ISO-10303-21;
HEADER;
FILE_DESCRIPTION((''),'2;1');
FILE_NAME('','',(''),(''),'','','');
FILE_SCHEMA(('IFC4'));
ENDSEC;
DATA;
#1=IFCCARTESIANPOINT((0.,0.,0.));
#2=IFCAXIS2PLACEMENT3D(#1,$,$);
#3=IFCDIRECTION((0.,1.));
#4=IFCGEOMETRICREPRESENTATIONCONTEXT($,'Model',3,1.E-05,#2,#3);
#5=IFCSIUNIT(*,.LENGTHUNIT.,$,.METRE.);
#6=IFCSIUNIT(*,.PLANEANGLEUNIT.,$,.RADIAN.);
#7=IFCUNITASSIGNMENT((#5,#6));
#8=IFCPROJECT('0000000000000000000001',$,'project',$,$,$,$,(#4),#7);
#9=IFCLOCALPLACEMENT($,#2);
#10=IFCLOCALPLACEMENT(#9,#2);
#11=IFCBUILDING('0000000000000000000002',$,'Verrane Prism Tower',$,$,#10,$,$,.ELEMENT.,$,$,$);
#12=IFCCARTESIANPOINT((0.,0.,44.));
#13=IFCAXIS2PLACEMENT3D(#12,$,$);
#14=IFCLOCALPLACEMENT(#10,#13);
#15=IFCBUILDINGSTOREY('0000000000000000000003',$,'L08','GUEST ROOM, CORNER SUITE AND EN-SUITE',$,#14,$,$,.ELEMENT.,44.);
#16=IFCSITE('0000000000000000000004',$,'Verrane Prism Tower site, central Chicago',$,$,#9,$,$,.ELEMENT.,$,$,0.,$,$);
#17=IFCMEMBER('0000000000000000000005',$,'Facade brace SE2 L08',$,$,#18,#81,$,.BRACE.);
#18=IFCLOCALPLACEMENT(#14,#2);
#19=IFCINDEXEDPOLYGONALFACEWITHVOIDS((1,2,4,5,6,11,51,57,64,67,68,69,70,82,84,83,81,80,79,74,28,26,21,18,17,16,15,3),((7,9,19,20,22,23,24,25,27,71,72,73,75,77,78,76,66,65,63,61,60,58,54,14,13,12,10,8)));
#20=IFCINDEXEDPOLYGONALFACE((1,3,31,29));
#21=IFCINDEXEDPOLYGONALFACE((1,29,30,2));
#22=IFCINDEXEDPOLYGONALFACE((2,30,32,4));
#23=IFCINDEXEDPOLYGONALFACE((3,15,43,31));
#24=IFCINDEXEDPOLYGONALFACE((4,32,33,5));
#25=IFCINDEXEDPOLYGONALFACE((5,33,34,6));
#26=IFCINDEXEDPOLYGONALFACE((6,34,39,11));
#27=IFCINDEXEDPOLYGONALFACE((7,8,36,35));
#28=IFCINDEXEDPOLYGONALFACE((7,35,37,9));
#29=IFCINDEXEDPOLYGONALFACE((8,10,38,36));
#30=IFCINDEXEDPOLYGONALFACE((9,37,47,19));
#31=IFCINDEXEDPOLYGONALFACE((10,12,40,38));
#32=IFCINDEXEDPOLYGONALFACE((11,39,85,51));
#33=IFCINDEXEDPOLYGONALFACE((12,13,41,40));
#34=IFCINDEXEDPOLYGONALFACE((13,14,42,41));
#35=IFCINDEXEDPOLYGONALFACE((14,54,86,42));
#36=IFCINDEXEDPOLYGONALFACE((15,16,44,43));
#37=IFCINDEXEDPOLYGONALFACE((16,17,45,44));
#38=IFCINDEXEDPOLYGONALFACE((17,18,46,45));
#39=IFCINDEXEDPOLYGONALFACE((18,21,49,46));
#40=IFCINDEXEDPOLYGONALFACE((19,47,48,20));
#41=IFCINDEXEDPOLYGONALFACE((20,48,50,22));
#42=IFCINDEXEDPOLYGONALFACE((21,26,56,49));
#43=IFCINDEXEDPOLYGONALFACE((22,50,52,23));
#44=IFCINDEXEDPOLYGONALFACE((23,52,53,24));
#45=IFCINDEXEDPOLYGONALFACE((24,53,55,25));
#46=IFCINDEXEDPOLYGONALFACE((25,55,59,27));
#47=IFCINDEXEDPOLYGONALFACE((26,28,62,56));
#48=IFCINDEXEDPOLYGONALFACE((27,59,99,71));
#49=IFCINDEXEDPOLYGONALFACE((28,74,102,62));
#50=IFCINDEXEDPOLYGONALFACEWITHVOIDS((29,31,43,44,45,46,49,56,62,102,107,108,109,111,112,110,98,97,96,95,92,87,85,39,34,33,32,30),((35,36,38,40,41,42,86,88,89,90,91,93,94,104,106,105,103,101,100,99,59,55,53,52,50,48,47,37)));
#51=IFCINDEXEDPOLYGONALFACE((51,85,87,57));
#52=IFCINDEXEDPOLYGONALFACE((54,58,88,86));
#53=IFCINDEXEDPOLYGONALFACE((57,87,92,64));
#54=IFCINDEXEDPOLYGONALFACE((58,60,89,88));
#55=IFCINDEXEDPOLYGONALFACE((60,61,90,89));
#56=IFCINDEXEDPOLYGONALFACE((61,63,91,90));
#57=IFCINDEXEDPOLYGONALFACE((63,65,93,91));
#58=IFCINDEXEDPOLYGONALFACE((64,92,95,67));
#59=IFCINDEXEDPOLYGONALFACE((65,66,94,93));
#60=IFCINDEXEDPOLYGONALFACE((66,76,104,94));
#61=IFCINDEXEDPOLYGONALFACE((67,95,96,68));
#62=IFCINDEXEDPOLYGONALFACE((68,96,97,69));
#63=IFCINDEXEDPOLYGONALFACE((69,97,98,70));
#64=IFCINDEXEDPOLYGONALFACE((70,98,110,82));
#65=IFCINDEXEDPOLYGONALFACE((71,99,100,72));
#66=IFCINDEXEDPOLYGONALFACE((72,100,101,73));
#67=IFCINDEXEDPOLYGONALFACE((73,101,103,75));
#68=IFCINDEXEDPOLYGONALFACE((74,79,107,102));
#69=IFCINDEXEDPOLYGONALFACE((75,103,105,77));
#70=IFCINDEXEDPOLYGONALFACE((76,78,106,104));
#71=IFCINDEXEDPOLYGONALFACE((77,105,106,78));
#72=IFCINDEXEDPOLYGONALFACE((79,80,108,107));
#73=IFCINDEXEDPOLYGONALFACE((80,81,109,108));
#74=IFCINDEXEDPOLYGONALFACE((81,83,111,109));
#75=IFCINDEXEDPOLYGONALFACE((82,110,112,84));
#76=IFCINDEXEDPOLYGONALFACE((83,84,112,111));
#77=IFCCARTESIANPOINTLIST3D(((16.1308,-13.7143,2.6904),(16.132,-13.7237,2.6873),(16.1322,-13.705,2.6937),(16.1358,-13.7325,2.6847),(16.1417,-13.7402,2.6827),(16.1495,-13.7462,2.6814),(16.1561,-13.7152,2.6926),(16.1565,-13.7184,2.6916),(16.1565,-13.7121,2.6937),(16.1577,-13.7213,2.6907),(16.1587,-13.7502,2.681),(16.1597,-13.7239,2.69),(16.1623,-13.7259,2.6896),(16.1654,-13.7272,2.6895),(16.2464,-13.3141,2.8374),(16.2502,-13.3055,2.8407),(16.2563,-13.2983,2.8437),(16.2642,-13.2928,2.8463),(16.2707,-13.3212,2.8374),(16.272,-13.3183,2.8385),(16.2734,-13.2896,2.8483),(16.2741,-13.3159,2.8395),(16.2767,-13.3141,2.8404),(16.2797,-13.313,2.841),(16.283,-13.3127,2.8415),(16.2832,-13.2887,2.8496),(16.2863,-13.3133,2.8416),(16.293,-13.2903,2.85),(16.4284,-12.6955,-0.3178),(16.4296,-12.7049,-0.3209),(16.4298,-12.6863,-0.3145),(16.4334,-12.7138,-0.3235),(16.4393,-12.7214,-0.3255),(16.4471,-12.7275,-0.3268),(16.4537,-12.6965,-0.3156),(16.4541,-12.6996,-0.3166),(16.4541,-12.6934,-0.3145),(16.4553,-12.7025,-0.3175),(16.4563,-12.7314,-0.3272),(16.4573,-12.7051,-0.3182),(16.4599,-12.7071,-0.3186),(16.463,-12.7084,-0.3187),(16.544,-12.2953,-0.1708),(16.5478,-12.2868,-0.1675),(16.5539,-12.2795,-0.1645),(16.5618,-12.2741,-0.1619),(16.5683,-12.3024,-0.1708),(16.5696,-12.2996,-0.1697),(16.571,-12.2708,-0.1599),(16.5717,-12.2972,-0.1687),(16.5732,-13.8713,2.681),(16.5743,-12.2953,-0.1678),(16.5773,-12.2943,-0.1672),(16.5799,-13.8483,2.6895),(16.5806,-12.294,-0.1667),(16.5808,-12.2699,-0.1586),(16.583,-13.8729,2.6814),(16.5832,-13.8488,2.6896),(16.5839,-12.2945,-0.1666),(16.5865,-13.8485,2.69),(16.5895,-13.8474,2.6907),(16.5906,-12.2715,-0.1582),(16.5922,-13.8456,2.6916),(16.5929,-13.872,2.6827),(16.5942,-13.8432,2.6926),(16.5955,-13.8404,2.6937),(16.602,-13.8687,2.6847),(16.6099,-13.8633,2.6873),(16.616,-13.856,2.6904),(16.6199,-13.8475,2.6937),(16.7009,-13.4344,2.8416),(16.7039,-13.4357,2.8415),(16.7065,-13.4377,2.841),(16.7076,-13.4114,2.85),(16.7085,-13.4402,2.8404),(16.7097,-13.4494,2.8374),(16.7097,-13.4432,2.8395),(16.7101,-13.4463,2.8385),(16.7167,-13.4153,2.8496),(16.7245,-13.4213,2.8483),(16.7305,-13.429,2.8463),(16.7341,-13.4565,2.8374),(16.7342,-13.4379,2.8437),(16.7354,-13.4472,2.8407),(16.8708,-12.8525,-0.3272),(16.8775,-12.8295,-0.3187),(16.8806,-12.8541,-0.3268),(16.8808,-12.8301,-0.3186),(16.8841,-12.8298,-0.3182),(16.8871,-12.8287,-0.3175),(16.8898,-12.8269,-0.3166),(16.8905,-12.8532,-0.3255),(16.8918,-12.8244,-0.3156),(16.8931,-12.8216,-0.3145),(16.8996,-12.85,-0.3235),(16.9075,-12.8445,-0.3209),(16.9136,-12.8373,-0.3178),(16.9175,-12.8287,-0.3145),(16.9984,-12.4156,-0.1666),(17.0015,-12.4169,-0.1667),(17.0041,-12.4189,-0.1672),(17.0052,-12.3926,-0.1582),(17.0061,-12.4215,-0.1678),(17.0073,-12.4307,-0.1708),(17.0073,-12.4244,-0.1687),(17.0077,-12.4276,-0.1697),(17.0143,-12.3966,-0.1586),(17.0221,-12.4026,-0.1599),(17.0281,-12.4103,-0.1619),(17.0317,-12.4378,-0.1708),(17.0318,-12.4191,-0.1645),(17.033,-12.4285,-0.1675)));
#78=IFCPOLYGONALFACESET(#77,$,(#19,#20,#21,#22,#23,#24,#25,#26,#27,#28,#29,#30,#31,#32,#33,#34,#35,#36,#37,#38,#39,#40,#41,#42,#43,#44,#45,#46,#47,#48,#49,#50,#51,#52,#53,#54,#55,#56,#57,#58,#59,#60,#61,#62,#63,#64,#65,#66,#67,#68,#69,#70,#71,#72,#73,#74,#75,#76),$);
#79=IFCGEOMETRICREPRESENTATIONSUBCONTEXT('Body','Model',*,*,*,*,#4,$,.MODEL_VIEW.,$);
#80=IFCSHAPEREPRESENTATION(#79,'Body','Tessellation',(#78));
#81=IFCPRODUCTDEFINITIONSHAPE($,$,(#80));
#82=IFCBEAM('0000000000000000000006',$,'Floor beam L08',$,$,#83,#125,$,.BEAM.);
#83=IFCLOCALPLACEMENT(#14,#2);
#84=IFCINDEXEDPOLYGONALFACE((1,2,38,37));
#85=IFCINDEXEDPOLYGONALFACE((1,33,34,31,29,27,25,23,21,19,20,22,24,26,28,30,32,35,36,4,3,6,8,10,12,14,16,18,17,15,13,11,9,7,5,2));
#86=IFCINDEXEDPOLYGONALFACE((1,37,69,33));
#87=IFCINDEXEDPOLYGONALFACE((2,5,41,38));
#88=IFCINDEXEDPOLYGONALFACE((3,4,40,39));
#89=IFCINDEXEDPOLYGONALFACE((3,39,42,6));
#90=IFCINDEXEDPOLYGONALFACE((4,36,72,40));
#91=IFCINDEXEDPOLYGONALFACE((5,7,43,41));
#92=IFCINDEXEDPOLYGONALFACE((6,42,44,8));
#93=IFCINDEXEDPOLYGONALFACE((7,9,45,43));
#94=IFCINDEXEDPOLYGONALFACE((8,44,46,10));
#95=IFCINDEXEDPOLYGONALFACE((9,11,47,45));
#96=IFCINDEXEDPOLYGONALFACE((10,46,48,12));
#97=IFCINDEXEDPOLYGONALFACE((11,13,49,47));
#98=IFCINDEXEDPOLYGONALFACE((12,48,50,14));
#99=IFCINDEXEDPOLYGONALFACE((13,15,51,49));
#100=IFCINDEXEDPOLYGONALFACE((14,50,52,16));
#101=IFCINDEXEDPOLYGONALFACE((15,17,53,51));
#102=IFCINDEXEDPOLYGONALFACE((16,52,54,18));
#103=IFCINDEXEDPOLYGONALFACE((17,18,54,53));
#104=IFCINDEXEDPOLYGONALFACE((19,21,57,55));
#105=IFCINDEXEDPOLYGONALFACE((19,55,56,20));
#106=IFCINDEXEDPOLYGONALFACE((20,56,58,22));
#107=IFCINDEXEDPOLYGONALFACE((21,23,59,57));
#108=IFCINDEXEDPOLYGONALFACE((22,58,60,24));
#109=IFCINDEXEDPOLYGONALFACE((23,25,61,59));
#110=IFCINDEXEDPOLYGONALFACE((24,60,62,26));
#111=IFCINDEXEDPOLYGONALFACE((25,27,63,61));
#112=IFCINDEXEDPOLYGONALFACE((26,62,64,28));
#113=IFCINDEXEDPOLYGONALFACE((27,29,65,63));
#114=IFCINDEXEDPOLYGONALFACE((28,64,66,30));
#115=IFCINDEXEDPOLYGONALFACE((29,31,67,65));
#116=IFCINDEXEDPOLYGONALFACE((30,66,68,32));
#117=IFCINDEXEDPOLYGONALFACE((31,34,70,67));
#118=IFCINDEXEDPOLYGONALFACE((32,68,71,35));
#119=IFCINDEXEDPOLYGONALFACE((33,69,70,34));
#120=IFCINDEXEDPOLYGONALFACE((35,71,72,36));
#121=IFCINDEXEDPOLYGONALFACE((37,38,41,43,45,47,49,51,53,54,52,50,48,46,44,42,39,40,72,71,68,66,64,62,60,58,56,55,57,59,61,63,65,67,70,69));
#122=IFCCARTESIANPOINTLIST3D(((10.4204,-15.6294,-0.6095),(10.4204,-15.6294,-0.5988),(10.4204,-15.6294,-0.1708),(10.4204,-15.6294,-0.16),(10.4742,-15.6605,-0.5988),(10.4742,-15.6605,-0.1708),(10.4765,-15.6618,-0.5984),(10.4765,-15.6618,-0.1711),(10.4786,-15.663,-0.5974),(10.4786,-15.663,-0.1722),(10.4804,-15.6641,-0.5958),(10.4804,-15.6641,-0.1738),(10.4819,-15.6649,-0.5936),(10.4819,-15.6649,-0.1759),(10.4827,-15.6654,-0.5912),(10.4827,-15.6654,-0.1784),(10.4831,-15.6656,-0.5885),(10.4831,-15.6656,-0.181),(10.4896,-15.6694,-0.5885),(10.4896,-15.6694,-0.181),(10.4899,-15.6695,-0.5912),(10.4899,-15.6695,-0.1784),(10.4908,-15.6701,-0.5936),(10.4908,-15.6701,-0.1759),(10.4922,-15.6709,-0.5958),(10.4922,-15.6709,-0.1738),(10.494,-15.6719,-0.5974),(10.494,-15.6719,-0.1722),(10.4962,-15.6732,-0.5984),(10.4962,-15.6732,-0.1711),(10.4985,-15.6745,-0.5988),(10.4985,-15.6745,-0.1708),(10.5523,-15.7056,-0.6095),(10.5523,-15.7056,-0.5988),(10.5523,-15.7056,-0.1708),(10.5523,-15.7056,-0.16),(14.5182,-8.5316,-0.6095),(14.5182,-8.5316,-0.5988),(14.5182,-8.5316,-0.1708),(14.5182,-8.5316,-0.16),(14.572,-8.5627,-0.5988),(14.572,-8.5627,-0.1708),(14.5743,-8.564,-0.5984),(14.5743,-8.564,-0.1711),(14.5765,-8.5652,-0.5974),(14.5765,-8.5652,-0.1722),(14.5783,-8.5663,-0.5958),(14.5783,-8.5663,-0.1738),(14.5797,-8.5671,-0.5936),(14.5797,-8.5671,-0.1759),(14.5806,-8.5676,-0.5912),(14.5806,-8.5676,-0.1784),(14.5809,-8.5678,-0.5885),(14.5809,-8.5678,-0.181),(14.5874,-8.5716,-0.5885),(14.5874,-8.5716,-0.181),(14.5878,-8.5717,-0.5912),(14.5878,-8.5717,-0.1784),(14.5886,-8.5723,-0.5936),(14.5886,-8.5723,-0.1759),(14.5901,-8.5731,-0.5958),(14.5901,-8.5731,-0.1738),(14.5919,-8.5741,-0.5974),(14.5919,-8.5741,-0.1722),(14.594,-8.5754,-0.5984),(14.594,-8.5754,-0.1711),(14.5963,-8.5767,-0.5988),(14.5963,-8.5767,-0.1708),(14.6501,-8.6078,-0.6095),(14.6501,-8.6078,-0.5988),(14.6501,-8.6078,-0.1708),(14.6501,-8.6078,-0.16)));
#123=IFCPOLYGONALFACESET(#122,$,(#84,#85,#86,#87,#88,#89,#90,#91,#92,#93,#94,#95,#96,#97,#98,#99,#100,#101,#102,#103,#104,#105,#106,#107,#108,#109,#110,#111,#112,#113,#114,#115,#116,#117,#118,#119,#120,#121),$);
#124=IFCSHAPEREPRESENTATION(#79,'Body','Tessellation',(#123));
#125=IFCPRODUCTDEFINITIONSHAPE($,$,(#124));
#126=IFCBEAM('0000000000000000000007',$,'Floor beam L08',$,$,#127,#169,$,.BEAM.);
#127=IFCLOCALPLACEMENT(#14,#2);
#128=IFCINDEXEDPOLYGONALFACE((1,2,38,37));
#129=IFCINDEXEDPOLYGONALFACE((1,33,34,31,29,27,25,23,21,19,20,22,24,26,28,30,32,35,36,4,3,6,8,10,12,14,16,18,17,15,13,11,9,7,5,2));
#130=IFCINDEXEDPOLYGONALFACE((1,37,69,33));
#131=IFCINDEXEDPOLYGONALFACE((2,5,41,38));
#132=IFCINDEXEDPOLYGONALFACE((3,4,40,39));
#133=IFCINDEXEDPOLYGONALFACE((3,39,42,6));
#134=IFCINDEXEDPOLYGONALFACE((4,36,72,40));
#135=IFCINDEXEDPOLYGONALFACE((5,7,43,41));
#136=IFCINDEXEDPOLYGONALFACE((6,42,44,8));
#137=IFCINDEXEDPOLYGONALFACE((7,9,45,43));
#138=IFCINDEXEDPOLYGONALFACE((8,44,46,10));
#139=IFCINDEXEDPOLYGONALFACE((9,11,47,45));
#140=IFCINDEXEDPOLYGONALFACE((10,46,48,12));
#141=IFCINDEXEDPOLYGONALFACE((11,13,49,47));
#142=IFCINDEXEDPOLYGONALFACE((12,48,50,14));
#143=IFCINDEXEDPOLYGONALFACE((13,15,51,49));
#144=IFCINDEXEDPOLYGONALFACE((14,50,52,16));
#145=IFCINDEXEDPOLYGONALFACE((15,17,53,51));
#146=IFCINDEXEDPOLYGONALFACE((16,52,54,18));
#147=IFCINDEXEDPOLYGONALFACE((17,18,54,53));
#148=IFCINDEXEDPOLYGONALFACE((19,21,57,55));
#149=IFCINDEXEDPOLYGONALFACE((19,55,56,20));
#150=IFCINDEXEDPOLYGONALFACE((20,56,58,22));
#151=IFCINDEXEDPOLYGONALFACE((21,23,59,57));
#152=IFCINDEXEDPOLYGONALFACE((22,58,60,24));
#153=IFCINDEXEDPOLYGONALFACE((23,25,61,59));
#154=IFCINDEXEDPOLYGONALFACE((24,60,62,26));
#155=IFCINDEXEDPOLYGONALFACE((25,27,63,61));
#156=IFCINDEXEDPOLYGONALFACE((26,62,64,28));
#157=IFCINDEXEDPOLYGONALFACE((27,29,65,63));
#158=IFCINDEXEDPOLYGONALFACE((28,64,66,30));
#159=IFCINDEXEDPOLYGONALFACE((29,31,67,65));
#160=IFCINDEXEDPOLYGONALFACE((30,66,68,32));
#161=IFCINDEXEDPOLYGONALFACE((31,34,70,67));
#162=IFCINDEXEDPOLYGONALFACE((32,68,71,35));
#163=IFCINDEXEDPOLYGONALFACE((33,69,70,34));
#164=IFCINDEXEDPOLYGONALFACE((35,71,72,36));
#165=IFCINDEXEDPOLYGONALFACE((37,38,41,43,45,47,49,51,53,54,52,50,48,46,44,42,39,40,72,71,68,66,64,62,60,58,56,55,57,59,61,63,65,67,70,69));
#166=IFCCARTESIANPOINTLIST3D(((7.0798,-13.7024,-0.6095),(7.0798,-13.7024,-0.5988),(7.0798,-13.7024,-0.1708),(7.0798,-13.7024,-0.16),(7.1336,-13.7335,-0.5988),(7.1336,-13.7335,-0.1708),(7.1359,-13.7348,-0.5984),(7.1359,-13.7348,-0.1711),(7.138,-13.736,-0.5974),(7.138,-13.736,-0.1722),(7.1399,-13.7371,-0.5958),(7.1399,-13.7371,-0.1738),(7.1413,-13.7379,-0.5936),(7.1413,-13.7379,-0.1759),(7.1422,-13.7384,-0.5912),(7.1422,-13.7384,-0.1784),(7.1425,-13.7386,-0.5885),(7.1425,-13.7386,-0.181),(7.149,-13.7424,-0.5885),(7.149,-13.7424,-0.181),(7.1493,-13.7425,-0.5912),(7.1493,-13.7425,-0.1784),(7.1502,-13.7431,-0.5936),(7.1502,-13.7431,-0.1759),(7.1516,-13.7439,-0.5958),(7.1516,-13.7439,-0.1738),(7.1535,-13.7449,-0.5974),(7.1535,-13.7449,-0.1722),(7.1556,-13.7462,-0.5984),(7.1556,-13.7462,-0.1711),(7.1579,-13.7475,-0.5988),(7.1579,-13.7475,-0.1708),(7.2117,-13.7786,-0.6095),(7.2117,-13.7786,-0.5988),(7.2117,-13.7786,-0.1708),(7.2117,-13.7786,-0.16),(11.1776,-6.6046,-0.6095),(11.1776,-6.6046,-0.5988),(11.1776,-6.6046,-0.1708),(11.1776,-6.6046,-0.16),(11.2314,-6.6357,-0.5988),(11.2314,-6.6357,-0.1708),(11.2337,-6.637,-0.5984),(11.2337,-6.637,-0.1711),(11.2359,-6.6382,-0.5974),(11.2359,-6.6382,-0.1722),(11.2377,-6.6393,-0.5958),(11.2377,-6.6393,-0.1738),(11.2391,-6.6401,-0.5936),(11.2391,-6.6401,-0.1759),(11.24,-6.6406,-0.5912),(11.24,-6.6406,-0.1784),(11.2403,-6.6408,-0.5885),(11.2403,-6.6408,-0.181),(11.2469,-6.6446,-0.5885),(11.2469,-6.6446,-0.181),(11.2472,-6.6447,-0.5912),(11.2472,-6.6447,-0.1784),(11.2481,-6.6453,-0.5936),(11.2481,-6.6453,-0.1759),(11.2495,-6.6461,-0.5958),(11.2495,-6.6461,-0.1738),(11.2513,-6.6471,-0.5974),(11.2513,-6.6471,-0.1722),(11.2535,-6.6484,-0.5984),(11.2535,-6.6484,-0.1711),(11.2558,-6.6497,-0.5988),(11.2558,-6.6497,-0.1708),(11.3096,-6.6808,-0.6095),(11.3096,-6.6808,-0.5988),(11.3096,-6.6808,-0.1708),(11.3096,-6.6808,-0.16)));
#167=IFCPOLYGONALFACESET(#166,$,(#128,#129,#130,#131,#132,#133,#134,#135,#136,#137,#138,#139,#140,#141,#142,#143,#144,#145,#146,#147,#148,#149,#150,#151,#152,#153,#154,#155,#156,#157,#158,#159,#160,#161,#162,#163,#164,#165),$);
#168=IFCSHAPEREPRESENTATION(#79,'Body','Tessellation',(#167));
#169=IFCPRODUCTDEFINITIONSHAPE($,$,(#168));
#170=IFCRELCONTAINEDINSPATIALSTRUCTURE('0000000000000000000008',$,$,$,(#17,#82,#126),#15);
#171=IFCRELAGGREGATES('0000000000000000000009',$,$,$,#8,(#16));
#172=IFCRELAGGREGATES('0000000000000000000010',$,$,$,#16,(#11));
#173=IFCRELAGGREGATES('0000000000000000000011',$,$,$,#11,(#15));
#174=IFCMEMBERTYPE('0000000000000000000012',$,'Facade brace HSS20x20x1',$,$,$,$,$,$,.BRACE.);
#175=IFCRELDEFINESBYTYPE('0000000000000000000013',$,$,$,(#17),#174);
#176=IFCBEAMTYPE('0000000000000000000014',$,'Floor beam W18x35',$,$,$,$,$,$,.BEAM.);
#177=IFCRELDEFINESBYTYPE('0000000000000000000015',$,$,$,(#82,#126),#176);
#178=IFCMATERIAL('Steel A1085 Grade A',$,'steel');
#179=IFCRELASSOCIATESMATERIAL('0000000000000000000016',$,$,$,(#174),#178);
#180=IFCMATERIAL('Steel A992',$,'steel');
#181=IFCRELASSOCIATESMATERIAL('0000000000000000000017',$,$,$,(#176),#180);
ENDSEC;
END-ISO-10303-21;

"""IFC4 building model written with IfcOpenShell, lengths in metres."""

from ifc_helpers import new_model, si_unit, direction, frame, origin, origin_2d, place, context, subcontext, project, spatial, hollow_rectangle, i_section, extrude, material, material_profile, profile_set, type_object, element, save


model = new_model("IFC4")

# Units and contexts
model_context = context("Model", 3, precision=1e-05, world=origin(), true_north=direction((0.0, 1.0)))
body_context = subcontext(model_context, "Body", "Model", "MODEL_VIEW")
ifc_project = project(units=[si_unit("LENGTHUNIT", "METRE"), si_unit("PLANEANGLEUNIT", "RADIAN")], contexts=[model_context])

# Site, building, storey
site_placement = place(None, origin())
site = spatial("IfcSite", under=ifc_project, at=site_placement, Name="Verrane Prism Tower site, central Chicago", CompositionType="ELEMENT", RefElevation=0.0)
building_placement = place(site_placement, origin())
building = spatial("IfcBuilding", under=site, at=building_placement, Name="Verrane Prism Tower", CompositionType="ELEMENT")
storey_placement = place(building_placement, frame((0.0, 0.0, 44.0)))
storey = spatial("IfcBuildingStorey", under=building, at=storey_placement, Name="L08", Description="GUEST ROOM, CORNER SUITE AND EN-SUITE", CompositionType="ELEMENT", Elevation=44.0)

# Member
ifc_material_1 = material(Name="Steel A1085 Grade A", Category="steel")
ifc_material_profile_1 = material_profile(ifc_material_1, hollow_rectangle(XDim=0.5081, YDim=0.5081, WallThickness=0.0254, InnerFilletRadius=0.0127, OuterFilletRadius=0.0381, at=origin_2d()), Name="HSS20x20x1")
ifc_profile_set_1 = profile_set([ifc_material_profile_1], Name="Steel A1085 Grade A")
member_type_1 = type_object("IfcMemberType", Name="Facade brace HSS20x20x1", PredefinedType="BRACE", material=ifc_profile_set_1)
member_1_placement = place(storey_placement, frame((16.7307, -12.562, -0.2427), z_axis=(-0.093293, -0.319368, 0.943027), x_axis=(0.959884, -0.280397, 0.0)))
element("IfcMember", 1, at=member_1_placement, inside=storey, type_object=member_type_1, Name="Facade brace SE2 L08", PredefinedType="BRACE", context=body_context, shape_type="SweptSolid", body=[
    extrude(hollow_rectangle(XDim=0.5081, YDim=0.5081, WallThickness=0.0254, InnerFilletRadius=0.0127, OuterFilletRadius=0.0381, at=origin_2d()), origin(), (0.0, 0.0, 1.0), 3.1899),
])

# Beams
ifc_material_2 = material(Name="Steel A992", Category="steel")
ifc_material_profile_2 = material_profile(ifc_material_2, i_section(OverallWidth=0.1523, OverallDepth=0.4495, WebThickness=0.0076, FlangeThickness=0.0107, FilletRadius=0.0103, at=origin_2d()), Name="W18x35")
ifc_profile_set_2 = profile_set([ifc_material_profile_2], Name="Steel A992")
beam_type_1 = type_object("IfcBeamType", Name="Floor beam W18x35", PredefinedType="BEAM", material=ifc_profile_set_2)
for number, where, z_axis, x_axis, name in (
    (2, (10.4863, -15.6675, -0.3848), (0.499993, 0.866029, 0.0), (-0.866029, 0.499993, 0.0), "Floor beam L08"),
    (3, (7.1458, -13.7405, -0.3848), (0.499993, 0.866029, 0.0), (-0.866029, 0.499993, 0.0), "Floor beam L08"),
):
    element("IfcBeam", number, at=place(storey_placement, frame(where, z_axis=z_axis, x_axis=x_axis)), inside=storey, type_object=beam_type_1, Name=name, PredefinedType="BEAM", context=body_context, shape_type="SweptSolid", body=[
        extrude(i_section(OverallWidth=0.1523, OverallDepth=0.4495, WebThickness=0.0076, FlangeThickness=0.0107, FilletRadius=0.0103, at=origin_2d()), origin(), (0.0, 0.0, 1.0), 8.1958),
    ])

save(model, "model.ifc")
